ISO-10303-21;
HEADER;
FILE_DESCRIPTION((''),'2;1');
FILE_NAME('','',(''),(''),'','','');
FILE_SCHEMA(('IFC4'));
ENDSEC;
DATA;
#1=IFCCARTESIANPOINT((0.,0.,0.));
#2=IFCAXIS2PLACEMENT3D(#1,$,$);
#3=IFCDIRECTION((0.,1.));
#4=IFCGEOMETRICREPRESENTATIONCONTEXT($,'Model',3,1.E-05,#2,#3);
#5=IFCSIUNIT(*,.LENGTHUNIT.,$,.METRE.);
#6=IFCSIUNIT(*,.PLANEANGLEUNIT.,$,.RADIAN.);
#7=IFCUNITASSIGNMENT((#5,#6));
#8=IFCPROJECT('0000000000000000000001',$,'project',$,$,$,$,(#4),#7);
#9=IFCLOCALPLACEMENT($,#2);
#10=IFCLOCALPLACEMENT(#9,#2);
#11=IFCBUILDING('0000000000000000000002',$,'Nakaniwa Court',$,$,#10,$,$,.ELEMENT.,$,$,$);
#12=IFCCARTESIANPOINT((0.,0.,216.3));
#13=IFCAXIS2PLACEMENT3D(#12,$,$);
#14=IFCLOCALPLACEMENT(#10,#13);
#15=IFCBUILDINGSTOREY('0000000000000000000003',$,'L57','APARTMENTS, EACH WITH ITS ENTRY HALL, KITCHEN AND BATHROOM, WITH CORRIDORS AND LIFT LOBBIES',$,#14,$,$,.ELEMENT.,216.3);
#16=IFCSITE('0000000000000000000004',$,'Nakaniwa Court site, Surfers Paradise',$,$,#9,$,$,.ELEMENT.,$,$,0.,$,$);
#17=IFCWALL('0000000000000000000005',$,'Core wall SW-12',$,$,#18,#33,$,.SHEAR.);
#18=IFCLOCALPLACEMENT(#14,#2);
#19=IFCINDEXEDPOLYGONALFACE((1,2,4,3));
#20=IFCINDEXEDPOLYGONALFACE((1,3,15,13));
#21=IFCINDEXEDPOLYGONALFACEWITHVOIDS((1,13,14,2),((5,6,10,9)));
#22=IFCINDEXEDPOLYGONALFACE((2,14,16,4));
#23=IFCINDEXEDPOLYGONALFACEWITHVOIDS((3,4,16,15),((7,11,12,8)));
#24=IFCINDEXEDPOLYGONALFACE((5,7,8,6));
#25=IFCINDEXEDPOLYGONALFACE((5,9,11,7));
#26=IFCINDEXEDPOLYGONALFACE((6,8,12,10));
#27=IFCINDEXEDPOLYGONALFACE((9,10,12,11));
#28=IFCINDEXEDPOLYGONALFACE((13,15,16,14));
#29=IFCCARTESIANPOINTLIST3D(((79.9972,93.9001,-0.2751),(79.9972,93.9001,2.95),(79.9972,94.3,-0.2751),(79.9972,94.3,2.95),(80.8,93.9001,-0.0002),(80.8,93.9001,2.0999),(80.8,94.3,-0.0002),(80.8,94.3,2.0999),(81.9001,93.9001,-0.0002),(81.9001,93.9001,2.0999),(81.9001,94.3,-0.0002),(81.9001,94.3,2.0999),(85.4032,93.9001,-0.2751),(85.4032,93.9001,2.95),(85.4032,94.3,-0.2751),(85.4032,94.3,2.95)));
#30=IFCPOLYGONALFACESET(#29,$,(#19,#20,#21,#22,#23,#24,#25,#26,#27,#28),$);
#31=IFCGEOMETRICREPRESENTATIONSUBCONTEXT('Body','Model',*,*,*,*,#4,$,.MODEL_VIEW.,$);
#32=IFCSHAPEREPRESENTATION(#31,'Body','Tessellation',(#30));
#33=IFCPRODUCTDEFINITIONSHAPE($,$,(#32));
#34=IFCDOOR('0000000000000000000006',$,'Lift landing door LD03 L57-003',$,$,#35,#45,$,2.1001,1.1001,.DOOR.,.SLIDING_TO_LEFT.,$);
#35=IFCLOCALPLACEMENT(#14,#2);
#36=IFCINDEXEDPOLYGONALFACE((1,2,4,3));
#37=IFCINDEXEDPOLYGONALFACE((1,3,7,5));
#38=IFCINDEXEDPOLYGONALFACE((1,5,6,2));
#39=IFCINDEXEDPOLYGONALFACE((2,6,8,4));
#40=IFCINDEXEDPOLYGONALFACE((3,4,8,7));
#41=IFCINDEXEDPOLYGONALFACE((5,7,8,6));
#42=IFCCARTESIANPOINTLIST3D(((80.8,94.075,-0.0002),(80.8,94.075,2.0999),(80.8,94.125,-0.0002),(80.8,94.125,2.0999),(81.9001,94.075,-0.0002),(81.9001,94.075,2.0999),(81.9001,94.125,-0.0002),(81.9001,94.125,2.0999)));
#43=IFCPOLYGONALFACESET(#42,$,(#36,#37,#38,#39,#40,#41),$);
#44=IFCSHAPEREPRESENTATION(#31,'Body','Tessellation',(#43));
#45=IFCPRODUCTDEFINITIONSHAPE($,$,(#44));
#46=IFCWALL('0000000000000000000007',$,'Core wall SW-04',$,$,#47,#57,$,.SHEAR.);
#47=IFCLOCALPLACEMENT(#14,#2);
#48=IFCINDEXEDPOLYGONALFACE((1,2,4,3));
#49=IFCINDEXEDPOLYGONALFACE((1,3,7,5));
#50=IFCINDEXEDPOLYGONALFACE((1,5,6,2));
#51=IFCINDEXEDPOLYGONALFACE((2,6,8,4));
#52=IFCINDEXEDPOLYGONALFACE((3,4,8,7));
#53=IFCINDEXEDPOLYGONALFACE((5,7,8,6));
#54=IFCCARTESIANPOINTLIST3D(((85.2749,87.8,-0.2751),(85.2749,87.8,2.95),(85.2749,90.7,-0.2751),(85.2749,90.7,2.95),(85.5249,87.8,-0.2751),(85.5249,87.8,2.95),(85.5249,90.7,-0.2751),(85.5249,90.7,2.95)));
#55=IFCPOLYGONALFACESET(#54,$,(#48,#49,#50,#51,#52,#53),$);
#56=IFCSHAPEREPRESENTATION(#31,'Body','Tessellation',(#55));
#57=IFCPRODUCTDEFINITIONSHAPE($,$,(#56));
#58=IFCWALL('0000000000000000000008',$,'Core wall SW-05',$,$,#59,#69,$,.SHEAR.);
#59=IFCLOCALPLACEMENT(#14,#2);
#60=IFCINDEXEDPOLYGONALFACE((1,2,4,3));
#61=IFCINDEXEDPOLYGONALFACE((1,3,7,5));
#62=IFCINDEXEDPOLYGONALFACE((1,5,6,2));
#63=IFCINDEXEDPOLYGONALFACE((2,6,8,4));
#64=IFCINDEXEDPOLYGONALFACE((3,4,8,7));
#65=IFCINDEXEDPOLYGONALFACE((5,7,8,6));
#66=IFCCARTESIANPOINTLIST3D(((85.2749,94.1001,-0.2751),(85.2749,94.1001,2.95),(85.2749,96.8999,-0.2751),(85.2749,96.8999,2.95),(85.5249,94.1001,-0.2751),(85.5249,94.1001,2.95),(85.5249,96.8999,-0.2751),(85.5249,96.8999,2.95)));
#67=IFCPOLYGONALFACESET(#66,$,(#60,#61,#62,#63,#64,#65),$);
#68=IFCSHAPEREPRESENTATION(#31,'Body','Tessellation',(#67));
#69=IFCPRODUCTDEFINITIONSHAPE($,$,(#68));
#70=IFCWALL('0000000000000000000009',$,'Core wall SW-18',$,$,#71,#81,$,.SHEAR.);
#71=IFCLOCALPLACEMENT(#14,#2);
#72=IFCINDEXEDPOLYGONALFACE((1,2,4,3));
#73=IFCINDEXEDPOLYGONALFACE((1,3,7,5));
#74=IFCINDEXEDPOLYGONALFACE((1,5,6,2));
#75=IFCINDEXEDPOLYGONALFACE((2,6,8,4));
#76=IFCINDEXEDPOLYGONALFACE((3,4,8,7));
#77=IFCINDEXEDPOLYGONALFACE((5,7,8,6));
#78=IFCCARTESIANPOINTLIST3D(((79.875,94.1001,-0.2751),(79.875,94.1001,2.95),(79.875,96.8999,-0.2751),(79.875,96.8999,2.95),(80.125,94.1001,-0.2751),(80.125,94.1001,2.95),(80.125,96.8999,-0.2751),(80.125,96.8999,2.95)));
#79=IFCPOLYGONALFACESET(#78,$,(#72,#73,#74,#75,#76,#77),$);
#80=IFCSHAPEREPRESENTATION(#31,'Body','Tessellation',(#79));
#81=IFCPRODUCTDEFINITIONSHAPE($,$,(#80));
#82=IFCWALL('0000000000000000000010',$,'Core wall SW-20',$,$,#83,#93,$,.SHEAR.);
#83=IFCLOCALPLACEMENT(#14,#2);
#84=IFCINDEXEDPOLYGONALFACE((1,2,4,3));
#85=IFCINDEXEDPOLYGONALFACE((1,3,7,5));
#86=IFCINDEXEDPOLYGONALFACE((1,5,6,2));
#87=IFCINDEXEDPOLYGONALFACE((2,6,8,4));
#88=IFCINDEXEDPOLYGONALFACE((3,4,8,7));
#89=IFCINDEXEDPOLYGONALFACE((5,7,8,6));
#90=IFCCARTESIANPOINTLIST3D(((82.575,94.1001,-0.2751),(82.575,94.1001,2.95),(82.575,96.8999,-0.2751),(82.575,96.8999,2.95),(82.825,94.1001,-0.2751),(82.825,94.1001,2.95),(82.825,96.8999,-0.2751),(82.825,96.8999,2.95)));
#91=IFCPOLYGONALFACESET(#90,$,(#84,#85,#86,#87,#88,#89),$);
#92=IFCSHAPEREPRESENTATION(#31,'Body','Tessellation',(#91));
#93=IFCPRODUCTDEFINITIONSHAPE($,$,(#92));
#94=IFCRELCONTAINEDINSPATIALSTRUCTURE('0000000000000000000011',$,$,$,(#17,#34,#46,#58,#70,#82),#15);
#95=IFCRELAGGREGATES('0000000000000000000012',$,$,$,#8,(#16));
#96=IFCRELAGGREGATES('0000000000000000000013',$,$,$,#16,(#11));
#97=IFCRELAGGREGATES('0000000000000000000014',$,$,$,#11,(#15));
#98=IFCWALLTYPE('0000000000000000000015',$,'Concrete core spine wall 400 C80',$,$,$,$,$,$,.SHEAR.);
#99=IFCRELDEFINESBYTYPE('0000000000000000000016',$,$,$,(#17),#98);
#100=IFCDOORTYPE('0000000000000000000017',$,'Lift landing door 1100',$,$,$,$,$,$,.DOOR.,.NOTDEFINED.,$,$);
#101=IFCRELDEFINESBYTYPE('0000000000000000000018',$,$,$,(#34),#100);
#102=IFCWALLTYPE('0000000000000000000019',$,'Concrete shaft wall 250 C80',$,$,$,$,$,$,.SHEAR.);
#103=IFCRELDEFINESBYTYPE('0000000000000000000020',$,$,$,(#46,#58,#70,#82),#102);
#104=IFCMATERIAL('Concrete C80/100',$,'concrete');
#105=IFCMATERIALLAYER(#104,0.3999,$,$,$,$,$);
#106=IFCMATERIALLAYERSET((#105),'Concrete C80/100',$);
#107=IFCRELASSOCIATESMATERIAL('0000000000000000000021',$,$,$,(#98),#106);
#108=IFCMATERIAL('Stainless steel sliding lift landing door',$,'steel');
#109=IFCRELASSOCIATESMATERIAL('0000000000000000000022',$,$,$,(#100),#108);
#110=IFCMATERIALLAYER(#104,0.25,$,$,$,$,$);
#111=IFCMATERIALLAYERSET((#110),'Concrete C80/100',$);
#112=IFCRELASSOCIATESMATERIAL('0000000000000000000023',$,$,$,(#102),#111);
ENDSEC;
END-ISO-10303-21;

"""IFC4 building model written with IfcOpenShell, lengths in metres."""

from ifc_helpers import new_model, si_unit, direction, frame, frame_2d, origin, place, context, subcontext, project, spatial, rectangle, extrude, material, layer, layer_set, type_object, element, fill, save


model = new_model("IFC4")

# Units and contexts
model_context = context("Model", 3, precision=1e-05, world=origin(), true_north=direction((0.0, 1.0)))
body_context = subcontext(model_context, "Body", "Model", "MODEL_VIEW")
ifc_project = project(units=[si_unit("LENGTHUNIT", "METRE"), si_unit("PLANEANGLEUNIT", "RADIAN")], contexts=[model_context])

# Site, building, storey
site_placement = place(None, origin())
site = spatial("IfcSite", under=ifc_project, at=site_placement, Name="Nakaniwa Court site, Surfers Paradise", CompositionType="ELEMENT", RefElevation=0.0)
building_placement = place(site_placement, origin())
building = spatial("IfcBuilding", under=site, at=building_placement, Name="Nakaniwa Court", CompositionType="ELEMENT")
storey_placement = place(building_placement, frame((0.0, 0.0, 216.3)))
storey = spatial("IfcBuildingStorey", under=building, at=storey_placement, Name="L57", Description="APARTMENTS, EACH WITH ITS ENTRY HALL, KITCHEN AND BATHROOM, WITH CORRIDORS AND LIFT LOBBIES", CompositionType="ELEMENT", Elevation=216.3)

# Wall, opening, door
ifc_material_1 = material(Name="Concrete C80/100", Category="concrete")
ifc_layer_1 = layer(ifc_material_1, 0.3999)
ifc_layer_set_1 = layer_set([ifc_layer_1], Name="Concrete C80/100")
wall_type_1 = type_object("IfcWallType", Name="Concrete core spine wall 400 C80", PredefinedType="SHEAR", material=ifc_layer_set_1)
ifc_material_2 = material(Name="Stainless steel sliding lift landing door", Category="steel")
door_type_1 = type_object("IfcDoorType", Name="Lift landing door 1100", OperationType="NOTDEFINED", PredefinedType="DOOR", material=ifc_material_2)
wall_1_placement = place(storey_placement, frame((79.9971, 94.1001, -0.2751), z_axis=(0.0, 0.0, 1.0), x_axis=(1.0, 0.0, 0.0)))
wall_1 = element("IfcWall", 1, at=wall_1_placement, inside=storey, type_object=wall_type_1, Name="Core wall SW-12", PredefinedType="SHEAR", context=body_context, shape_type="SweptSolid", body=[
    extrude(rectangle(XDim=5.406, YDim=0.3999, at=frame_2d((2.7031, 0.0))), origin(), (0.0, 0.0, 1.0), 3.2251),
])
opening_1_placement = place(wall_1_placement, frame((0.803, 0.0, 0.2749)))
opening_1 = element("IfcOpeningElement", 2, at=opening_1_placement, cuts=wall_1, PredefinedType="OPENING", context=body_context, shape_type="SweptSolid", body=[
    extrude(rectangle(XDim=1.1001, YDim=2.1001, at=frame_2d((0.55, 1.05))), frame((0.0, 0.21, 0.0), z_axis=(0.0, -1.0, 0.0), x_axis=(1.0, 0.0, 0.0)), (0.0, 0.0, 1.0), 0.4199),
])
door_1_placement = place(opening_1_placement, origin())
door_1 = element("IfcDoor", 3, at=door_1_placement, inside=storey, type_object=door_type_1, Name="Lift landing door LD03 L57-003", OperationType="SLIDING_TO_LEFT", OverallHeight=2.1001, OverallWidth=1.1001, PredefinedType="DOOR", context=body_context, shape_type="SweptSolid", body=[
    extrude(rectangle(XDim=1.1001, YDim=2.1001, at=frame_2d((0.55, 1.05))), frame((0.0, 0.0249, 0.0), z_axis=(0.0, -1.0, 0.0), x_axis=(1.0, 0.0, 0.0)), (0.0, 0.0, 1.0), 0.05),
])
fill(opening_1, door_1)

# Walls
ifc_layer_2 = layer(ifc_material_1, 0.25)
ifc_layer_set_2 = layer_set([ifc_layer_2], Name="Concrete C80/100")
wall_type_2 = type_object("IfcWallType", Name="Concrete shaft wall 250 C80", PredefinedType="SHEAR", material=ifc_layer_set_2)
wall_2_placement = place(storey_placement, frame((85.3999, 87.8, -0.2751), z_axis=(0.0, 0.0, 1.0), x_axis=(0.0, 1.0, 0.0)))
element("IfcWall", 4, at=wall_2_placement, inside=storey, type_object=wall_type_2, Name="Core wall SW-04", PredefinedType="SHEAR", context=body_context, shape_type="SweptSolid", body=[
    extrude(rectangle(XDim=2.8999, YDim=0.25, at=frame_2d((1.45, 0.0))), origin(), (0.0, 0.0, 1.0), 3.2251),
])
for number, where, z_axis, x_axis, name in (
    (5, (85.3999, 94.1001, -0.2751), (0.0, 0.0, 1.0), (0.0, 1.0, 0.0), "Core wall SW-05"),
    (6, (80.0, 94.1001, -0.2751), (0.0, 0.0, 1.0), (0.0, 1.0, 0.0), "Core wall SW-18"),
    (7, (82.7, 94.1001, -0.2751), (0.0, 0.0, 1.0), (0.0, 1.0, 0.0), "Core wall SW-20"),
):
    element("IfcWall", number, at=place(storey_placement, frame(where, z_axis=z_axis, x_axis=x_axis)), inside=storey, type_object=wall_type_2, Name=name, PredefinedType="SHEAR", context=body_context, shape_type="SweptSolid", body=[
        extrude(rectangle(XDim=2.7998, YDim=0.25, at=frame_2d((1.3999, 0.0))), origin(), (0.0, 0.0, 1.0), 3.2251),
    ])

save(model, "model.ifc")
